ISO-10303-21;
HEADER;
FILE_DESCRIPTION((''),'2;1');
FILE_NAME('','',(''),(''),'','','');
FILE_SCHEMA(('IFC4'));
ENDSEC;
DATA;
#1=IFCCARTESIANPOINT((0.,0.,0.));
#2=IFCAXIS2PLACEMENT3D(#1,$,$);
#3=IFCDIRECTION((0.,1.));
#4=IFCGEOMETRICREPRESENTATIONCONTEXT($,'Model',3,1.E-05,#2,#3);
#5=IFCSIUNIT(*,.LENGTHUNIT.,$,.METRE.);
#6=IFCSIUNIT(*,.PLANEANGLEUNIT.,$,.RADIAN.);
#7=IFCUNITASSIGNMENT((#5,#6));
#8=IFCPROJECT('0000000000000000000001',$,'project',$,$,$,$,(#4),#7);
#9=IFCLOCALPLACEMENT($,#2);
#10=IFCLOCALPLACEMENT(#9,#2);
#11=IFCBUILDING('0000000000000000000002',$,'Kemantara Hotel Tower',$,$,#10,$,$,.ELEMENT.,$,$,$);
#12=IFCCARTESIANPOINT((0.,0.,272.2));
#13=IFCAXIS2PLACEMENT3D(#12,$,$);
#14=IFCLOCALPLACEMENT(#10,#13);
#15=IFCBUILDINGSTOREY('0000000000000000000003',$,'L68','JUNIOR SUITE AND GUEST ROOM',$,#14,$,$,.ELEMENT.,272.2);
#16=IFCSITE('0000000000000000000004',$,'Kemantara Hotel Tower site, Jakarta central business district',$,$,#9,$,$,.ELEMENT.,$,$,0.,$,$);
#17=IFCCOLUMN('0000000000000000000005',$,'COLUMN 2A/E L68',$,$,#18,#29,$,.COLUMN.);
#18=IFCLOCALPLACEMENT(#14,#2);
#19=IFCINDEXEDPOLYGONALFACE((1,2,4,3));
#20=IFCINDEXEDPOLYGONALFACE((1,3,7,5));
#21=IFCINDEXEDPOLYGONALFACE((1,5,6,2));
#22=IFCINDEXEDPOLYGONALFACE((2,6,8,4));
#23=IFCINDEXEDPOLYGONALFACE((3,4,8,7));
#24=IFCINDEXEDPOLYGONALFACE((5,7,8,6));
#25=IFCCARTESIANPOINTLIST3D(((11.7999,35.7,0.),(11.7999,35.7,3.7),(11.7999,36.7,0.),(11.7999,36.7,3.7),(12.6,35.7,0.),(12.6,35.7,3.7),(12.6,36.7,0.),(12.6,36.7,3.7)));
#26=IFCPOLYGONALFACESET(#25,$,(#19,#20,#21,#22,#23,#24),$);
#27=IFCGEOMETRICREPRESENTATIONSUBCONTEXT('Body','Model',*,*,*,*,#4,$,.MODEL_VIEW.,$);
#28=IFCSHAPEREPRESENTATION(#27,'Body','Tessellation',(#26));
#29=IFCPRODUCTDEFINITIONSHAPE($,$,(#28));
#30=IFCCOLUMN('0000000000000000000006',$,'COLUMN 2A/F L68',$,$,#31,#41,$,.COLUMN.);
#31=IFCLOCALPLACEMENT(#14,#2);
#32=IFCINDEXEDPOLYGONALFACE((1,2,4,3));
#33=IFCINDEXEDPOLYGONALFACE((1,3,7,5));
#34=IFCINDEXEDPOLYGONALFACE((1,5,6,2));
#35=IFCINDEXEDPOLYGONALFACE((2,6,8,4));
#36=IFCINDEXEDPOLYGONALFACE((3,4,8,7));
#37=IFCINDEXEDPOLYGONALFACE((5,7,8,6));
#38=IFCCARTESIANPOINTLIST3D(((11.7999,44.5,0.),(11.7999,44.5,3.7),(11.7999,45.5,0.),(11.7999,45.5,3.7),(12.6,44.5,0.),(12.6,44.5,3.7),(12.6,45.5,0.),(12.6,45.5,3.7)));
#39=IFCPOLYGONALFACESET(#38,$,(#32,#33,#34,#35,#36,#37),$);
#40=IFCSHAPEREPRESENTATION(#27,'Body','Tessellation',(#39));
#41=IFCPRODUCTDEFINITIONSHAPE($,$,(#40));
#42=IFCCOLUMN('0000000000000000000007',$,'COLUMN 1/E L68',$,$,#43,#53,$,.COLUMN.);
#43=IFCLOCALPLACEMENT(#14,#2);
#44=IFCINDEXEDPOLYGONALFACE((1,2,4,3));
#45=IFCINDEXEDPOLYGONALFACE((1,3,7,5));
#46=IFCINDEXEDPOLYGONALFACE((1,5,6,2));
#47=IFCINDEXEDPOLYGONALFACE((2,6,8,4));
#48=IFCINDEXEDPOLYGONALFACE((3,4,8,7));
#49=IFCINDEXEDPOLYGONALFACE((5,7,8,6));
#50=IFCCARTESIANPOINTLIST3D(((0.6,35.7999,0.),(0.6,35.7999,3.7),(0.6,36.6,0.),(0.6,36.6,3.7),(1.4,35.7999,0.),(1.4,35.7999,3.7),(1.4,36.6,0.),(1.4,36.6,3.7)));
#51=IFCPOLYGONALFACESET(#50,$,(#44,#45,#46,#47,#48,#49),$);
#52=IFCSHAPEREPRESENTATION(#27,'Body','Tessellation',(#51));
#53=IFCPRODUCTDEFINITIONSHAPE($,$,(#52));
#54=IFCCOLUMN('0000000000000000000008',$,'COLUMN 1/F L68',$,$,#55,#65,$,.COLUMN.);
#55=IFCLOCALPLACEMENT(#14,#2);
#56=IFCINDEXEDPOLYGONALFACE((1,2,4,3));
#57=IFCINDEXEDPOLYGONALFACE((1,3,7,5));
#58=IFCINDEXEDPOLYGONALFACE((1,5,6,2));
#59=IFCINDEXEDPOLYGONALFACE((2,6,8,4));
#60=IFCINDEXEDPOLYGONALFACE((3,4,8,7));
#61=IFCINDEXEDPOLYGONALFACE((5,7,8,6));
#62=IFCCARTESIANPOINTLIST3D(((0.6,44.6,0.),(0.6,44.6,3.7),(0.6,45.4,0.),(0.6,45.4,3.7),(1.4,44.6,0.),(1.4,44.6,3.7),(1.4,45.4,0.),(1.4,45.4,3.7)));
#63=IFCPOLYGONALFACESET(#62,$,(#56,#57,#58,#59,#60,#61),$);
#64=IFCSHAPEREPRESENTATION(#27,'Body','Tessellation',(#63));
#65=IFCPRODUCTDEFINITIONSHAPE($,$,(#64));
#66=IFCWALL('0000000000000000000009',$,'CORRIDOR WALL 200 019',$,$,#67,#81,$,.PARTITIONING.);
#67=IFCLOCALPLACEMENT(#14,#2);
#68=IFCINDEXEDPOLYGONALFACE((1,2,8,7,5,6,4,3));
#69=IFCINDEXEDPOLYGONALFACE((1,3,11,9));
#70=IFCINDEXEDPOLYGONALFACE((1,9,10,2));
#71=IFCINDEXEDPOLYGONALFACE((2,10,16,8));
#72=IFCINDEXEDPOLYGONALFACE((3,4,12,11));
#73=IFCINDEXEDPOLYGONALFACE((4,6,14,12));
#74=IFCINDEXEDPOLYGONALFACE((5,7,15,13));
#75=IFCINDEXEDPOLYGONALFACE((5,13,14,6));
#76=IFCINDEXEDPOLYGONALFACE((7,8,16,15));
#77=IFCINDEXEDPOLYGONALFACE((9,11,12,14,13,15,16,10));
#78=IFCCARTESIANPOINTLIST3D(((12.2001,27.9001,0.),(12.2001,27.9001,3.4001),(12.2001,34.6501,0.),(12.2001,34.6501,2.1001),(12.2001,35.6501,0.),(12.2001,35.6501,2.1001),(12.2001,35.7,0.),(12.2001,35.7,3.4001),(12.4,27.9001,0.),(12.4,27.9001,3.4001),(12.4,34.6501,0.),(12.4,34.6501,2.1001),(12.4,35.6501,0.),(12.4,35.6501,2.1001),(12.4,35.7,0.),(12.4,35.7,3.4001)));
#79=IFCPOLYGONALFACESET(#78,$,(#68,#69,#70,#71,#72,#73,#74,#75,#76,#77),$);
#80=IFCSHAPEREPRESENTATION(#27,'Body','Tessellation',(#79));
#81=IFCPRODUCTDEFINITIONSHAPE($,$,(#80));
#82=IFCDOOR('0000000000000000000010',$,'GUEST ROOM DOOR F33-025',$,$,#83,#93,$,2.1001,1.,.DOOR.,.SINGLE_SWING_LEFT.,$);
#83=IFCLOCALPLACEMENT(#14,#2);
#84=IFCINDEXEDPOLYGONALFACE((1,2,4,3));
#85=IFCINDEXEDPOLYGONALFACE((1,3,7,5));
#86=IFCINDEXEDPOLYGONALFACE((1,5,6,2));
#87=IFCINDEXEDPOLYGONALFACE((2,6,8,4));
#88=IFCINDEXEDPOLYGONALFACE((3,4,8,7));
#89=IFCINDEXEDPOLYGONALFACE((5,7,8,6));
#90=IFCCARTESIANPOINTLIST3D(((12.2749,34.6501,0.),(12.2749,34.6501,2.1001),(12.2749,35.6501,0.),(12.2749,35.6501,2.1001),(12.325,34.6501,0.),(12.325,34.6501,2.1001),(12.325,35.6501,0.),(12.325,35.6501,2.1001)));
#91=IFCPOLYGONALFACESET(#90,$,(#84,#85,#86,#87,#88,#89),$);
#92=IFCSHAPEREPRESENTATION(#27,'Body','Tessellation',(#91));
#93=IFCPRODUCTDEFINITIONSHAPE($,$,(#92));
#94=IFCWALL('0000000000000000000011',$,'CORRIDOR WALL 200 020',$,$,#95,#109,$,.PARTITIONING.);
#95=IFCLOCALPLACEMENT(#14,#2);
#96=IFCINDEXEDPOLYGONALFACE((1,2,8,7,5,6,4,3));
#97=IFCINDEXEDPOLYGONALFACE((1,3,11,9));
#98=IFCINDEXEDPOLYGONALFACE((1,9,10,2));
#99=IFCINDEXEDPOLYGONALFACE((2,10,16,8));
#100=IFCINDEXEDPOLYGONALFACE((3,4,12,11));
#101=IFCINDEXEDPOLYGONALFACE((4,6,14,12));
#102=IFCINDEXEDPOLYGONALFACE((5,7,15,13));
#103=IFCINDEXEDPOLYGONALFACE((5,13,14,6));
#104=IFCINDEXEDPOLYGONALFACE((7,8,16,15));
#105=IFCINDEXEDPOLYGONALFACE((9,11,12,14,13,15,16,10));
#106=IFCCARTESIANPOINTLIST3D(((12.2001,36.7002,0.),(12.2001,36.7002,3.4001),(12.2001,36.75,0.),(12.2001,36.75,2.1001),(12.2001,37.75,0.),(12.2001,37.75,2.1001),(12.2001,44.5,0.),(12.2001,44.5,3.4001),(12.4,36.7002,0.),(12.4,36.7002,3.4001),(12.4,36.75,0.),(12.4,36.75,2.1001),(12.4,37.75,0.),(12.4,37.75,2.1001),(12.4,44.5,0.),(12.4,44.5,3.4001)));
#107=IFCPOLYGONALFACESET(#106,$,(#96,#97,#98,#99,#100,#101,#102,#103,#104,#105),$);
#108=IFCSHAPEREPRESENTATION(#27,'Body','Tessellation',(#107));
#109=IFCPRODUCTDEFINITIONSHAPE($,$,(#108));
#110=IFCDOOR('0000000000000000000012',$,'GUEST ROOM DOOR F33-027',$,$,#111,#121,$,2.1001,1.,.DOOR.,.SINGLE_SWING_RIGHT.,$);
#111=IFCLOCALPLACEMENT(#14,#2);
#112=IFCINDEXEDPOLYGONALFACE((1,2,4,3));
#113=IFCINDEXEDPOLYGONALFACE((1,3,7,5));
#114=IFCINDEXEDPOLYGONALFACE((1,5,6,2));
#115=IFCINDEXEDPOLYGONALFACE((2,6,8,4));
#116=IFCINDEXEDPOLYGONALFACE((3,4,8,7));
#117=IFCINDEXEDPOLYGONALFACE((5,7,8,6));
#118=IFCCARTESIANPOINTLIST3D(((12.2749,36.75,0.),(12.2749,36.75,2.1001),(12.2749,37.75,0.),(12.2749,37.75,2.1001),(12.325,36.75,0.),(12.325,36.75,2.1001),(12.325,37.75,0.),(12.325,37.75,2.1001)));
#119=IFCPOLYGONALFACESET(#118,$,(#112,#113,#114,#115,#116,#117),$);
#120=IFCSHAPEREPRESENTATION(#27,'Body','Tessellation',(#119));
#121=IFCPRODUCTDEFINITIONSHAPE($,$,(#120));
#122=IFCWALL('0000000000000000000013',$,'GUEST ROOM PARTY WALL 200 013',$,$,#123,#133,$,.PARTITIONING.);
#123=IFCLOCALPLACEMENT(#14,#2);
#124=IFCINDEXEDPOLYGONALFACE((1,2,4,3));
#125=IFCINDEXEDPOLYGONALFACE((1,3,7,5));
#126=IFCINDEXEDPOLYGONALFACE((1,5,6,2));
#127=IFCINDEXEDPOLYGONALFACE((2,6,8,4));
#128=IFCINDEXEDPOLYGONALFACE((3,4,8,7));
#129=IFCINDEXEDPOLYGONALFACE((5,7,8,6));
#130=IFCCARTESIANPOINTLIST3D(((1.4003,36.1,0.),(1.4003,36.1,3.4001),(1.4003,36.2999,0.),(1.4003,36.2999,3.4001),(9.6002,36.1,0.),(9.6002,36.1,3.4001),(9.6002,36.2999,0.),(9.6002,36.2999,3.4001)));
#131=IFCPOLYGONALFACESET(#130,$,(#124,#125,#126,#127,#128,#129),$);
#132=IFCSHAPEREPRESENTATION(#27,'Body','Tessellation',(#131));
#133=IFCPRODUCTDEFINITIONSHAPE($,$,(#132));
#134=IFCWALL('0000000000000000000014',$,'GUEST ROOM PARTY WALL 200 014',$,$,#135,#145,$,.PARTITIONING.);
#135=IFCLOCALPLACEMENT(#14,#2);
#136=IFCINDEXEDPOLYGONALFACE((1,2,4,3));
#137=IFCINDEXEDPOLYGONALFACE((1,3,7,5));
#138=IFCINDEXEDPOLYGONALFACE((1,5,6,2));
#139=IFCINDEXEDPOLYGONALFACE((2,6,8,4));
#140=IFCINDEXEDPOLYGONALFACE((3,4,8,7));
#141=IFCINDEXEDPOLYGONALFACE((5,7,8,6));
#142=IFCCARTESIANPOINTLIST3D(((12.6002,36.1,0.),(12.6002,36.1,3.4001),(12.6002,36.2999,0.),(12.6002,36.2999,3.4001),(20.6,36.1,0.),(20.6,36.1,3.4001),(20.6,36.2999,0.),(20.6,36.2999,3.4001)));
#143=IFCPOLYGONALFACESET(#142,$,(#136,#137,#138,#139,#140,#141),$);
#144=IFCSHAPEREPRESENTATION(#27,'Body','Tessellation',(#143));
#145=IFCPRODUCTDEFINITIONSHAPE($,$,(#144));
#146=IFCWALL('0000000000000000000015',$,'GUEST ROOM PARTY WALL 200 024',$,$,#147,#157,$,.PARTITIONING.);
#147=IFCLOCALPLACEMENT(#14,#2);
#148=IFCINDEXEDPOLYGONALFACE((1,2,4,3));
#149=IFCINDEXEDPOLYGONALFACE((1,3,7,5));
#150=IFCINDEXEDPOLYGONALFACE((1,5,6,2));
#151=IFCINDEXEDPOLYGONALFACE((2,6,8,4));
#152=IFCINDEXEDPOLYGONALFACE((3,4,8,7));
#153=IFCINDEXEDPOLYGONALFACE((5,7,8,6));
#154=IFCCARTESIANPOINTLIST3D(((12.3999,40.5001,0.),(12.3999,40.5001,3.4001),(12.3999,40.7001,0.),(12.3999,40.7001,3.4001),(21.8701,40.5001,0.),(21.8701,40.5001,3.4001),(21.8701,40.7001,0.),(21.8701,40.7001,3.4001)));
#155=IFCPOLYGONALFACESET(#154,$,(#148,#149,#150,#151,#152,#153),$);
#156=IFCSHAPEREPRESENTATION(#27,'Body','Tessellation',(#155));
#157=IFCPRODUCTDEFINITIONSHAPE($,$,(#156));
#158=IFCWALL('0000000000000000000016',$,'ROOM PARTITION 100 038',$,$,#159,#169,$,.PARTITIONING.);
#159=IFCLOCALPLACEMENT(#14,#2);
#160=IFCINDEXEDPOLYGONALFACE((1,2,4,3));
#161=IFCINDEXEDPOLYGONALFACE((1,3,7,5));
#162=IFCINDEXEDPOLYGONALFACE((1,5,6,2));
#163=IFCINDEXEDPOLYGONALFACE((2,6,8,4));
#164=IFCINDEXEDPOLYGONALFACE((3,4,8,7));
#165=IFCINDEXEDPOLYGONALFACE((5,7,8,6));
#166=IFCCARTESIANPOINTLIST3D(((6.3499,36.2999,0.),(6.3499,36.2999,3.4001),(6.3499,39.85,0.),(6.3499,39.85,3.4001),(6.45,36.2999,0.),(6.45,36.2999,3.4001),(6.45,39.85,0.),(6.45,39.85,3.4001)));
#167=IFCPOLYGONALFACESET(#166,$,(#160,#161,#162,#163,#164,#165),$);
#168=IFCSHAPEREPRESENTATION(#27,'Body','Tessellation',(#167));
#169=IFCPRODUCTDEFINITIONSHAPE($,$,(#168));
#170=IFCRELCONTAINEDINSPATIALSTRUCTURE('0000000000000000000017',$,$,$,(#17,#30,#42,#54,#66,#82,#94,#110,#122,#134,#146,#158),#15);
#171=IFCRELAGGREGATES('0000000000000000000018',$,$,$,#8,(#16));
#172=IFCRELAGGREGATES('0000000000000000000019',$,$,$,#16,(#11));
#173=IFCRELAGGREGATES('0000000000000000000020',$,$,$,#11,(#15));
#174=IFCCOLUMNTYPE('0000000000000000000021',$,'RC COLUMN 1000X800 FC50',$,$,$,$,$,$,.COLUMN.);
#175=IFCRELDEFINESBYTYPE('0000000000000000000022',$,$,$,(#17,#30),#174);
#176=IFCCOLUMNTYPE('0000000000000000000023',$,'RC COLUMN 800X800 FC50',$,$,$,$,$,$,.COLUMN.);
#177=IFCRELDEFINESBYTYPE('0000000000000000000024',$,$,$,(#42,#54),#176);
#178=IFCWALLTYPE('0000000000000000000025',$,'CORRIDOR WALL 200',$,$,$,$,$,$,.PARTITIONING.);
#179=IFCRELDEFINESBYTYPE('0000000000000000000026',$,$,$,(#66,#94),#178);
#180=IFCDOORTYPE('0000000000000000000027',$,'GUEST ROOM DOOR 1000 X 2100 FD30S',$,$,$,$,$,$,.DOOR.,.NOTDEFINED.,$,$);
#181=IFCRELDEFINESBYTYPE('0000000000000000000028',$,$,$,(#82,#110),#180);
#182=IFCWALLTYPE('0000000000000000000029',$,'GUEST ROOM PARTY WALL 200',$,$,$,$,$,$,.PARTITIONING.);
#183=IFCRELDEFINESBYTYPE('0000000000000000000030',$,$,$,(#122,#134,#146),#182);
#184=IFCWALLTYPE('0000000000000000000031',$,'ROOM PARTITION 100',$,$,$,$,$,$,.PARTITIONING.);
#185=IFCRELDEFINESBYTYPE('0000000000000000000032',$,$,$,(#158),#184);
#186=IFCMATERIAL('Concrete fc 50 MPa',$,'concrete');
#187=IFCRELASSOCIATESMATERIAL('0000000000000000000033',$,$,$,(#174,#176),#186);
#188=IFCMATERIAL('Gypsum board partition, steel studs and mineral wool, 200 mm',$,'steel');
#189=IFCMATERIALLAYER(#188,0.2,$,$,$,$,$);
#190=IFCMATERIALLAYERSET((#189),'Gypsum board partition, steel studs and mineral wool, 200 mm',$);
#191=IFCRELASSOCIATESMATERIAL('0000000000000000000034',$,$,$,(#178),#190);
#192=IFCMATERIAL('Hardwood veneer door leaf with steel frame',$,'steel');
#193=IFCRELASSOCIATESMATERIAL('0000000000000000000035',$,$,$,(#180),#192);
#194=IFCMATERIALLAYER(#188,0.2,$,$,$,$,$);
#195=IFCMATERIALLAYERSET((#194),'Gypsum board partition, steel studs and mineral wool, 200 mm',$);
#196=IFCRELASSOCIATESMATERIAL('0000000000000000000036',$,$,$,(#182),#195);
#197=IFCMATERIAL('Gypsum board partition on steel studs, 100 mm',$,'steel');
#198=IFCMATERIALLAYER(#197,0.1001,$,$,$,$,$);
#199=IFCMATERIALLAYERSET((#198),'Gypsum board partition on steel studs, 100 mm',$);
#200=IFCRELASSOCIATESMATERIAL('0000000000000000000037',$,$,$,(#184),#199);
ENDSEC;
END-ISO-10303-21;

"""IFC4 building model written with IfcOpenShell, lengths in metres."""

from ifc_helpers import new_model, si_unit, direction, frame, frame_2d, origin, origin_2d, place, context, subcontext, project, spatial, rectangle, extrude, material, layer, layer_set, material_profile, profile_set, type_object, element, fill, save


model = new_model("IFC4")

# Units and contexts
model_context = context("Model", 3, precision=1e-05, world=origin(), true_north=direction((0.0, 1.0)))
body_context = subcontext(model_context, "Body", "Model", "MODEL_VIEW")
ifc_project = project(units=[si_unit("LENGTHUNIT", "METRE"), si_unit("PLANEANGLEUNIT", "RADIAN")], contexts=[model_context])

# Site, building, storey
site_placement = place(None, origin())
site = spatial("IfcSite", under=ifc_project, at=site_placement, Name="Kemantara Hotel Tower site, Jakarta central business district", CompositionType="ELEMENT", RefElevation=0.0)
building_placement = place(site_placement, origin())
building = spatial("IfcBuilding", under=site, at=building_placement, Name="Kemantara Hotel Tower", CompositionType="ELEMENT")
storey_placement = place(building_placement, frame((0.0, 0.0, 272.2)))
storey = spatial("IfcBuildingStorey", under=building, at=storey_placement, Name="L68", Description="JUNIOR SUITE AND GUEST ROOM", CompositionType="ELEMENT", Elevation=272.2)

# Columns
ifc_material_1 = material(Name="Concrete fc 50 MPa", Category="concrete")
ifc_material_profile_1 = material_profile(ifc_material_1, rectangle(XDim=1.0, YDim=0.8, at=origin_2d()), Name="RC 1000X800")
ifc_profile_set_1 = profile_set([ifc_material_profile_1], Name="Concrete fc 50 MPa")
column_type_1 = type_object("IfcColumnType", Name="RC COLUMN 1000X800 FC50", PredefinedType="COLUMN", material=ifc_profile_set_1)
for number, where, z_axis, x_axis, name in (
    (1, (12.2, 36.2, 0.0), (0.0, 0.0, 1.0), (0.0, 1.0, 0.0), "COLUMN 2A/E L68"),
    (2, (12.2, 45.0, 0.0), (0.0, 0.0, 1.0), (0.0, 1.0, 0.0), "COLUMN 2A/F L68"),
):
    element("IfcColumn", number, at=place(storey_placement, frame(where, z_axis=z_axis, x_axis=x_axis)), inside=storey, type_object=column_type_1, Name=name, PredefinedType="COLUMN", context=body_context, shape_type="SweptSolid", body=[
        extrude(rectangle(XDim=1.0, YDim=0.8, at=origin_2d()), origin(), (0.0, 0.0, 1.0), 3.7),
    ])
ifc_material_profile_2 = material_profile(ifc_material_1, rectangle(XDim=0.8, YDim=0.8, at=origin_2d()), Name="RC 800X800")
ifc_profile_set_2 = profile_set([ifc_material_profile_2], Name="Concrete fc 50 MPa")
column_type_2 = type_object("IfcColumnType", Name="RC COLUMN 800X800 FC50", PredefinedType="COLUMN", material=ifc_profile_set_2)
for number, where, z_axis, x_axis, name in (
    (3, (1.0, 36.2, 0.0), (0.0, 0.0, 1.0), (1.0, 0.0, 0.0), "COLUMN 1/E L68"),
    (4, (1.0, 45.0, 0.0), (0.0, 0.0, 1.0), (1.0, 0.0, 0.0), "COLUMN 1/F L68"),
):
    element("IfcColumn", number, at=place(storey_placement, frame(where, z_axis=z_axis, x_axis=x_axis)), inside=storey, type_object=column_type_2, Name=name, PredefinedType="COLUMN", context=body_context, shape_type="SweptSolid", body=[
        extrude(rectangle(XDim=0.8, YDim=0.8, at=origin_2d()), origin(), (0.0, 0.0, 1.0), 3.7),
    ])

# Walls, openings, doors
ifc_material_2 = material(Name="Gypsum board partition, steel studs and mineral wool, 200 mm", Category="steel")
ifc_layer_1 = layer(ifc_material_2, 0.2)
ifc_layer_set_1 = layer_set([ifc_layer_1], Name="Gypsum board partition, steel studs and mineral wool, 200 mm")
wall_type_1 = type_object("IfcWallType", Name="CORRIDOR WALL 200", PredefinedType="PARTITIONING", material=ifc_layer_set_1)
wall_1_placement = place(storey_placement, frame((12.3, 35.7, 0.0), z_axis=(0.0, 0.0, 1.0), x_axis=(0.0, -1.0, 0.0)))
wall_1 = element("IfcWall", 5, at=wall_1_placement, inside=storey, type_object=wall_type_1, Name="CORRIDOR WALL 200 019", PredefinedType="PARTITIONING", context=body_context, shape_type="SweptSolid", body=[
    extrude(rectangle(XDim=7.7998, YDim=0.2, at=frame_2d((3.8999, 0.0))), origin(), (0.0, 0.0, 1.0), 3.4001),
])
opening_1_placement = place(wall_1_placement, frame((0.0498, 0.0, 0.0)))
opening_1 = element("IfcOpeningElement", 6, at=opening_1_placement, cuts=wall_1, PredefinedType="OPENING", context=body_context, shape_type="SweptSolid", body=[
    extrude(rectangle(XDim=1.0, YDim=2.1001, at=frame_2d((0.5, 1.05))), frame((0.0, 0.1099, 0.0), z_axis=(0.0, -1.0, 0.0), x_axis=(1.0, 0.0, 0.0)), (0.0, 0.0, 1.0), 0.22),
])
ifc_material_3 = material(Name="Hardwood veneer door leaf with steel frame", Category="steel")
door_type_1 = type_object("IfcDoorType", Name="GUEST ROOM DOOR 1000 X 2100 FD30S", OperationType="NOTDEFINED", PredefinedType="DOOR", material=ifc_material_3)
door_1_placement = place(opening_1_placement, origin())
door_1 = element("IfcDoor", 7, at=door_1_placement, inside=storey, type_object=door_type_1, Name="GUEST ROOM DOOR F33-025", OperationType="SINGLE_SWING_LEFT", OverallHeight=2.1001, OverallWidth=1.0, PredefinedType="DOOR", context=body_context, shape_type="SweptSolid", body=[
    extrude(rectangle(XDim=1.0, YDim=2.1001, at=frame_2d((0.5, 1.05))), frame((0.0, 0.0249, 0.0), z_axis=(0.0, -1.0, 0.0), x_axis=(1.0, 0.0, 0.0)), (0.0, 0.0, 1.0), 0.05),
])
fill(opening_1, door_1)
wall_2_placement = place(storey_placement, frame((12.3, 44.5, 0.0), z_axis=(0.0, 0.0, 1.0), x_axis=(0.0, -1.0, 0.0)))
wall_2 = element("IfcWall", 8, at=wall_2_placement, inside=storey, type_object=wall_type_1, Name="CORRIDOR WALL 200 020", PredefinedType="PARTITIONING", context=body_context, shape_type="SweptSolid", body=[
    extrude(rectangle(XDim=7.7998, YDim=0.2, at=frame_2d((3.8999, 0.0))), origin(), (0.0, 0.0, 1.0), 3.4001),
])
opening_2_placement = place(wall_2_placement, frame((6.75, 0.0, 0.0)))
opening_2 = element("IfcOpeningElement", 9, at=opening_2_placement, cuts=wall_2, PredefinedType="OPENING", context=body_context, shape_type="SweptSolid", body=[
    extrude(rectangle(XDim=1.0, YDim=2.1001, at=frame_2d((0.5, 1.05))), frame((0.0, 0.1099, 0.0), z_axis=(0.0, -1.0, 0.0), x_axis=(1.0, 0.0, 0.0)), (0.0, 0.0, 1.0), 0.22),
])
door_2_placement = place(opening_2_placement, origin())
door_2 = element("IfcDoor", 10, at=door_2_placement, inside=storey, type_object=door_type_1, Name="GUEST ROOM DOOR F33-027", OperationType="SINGLE_SWING_RIGHT", OverallHeight=2.1001, OverallWidth=1.0, PredefinedType="DOOR", context=body_context, shape_type="SweptSolid", body=[
    extrude(rectangle(XDim=1.0, YDim=2.1001, at=frame_2d((0.5, 1.05))), frame((0.0, 0.0249, 0.0), z_axis=(0.0, -1.0, 0.0), x_axis=(1.0, 0.0, 0.0)), (0.0, 0.0, 1.0), 0.05),
])
fill(opening_2, door_2)

# Walls
ifc_layer_2 = layer(ifc_material_2, 0.2)
ifc_layer_set_2 = layer_set([ifc_layer_2], Name="Gypsum board partition, steel studs and mineral wool, 200 mm")
wall_type_2 = type_object("IfcWallType", Name="GUEST ROOM PARTY WALL 200", PredefinedType="PARTITIONING", material=ifc_layer_set_2)
wall_3_placement = place(storey_placement, frame((1.4001, 36.2, 0.0), z_axis=(0.0, 0.0, 1.0), x_axis=(1.0, 0.0, 0.0)))
element("IfcWall", 11, at=wall_3_placement, inside=storey, type_object=wall_type_2, Name="GUEST ROOM PARTY WALL 200 013", PredefinedType="PARTITIONING", context=body_context, shape_type="SweptSolid", body=[
    extrude(rectangle(XDim=8.2, YDim=0.2, at=frame_2d((4.1001, 0.0))), origin(), (0.0, 0.0, 1.0), 3.4001),
])
wall_4_placement = place(storey_placement, frame((12.6001, 36.2, 0.0), z_axis=(0.0, 0.0, 1.0), x_axis=(1.0, 0.0, 0.0)))
element("IfcWall", 12, at=wall_4_placement, inside=storey, type_object=wall_type_2, Name="GUEST ROOM PARTY WALL 200 014", PredefinedType="PARTITIONING", context=body_context, shape_type="SweptSolid", body=[
    extrude(rectangle(XDim=7.9998, YDim=0.2, at=frame_2d((4.0, 0.0))), origin(), (0.0, 0.0, 1.0), 3.4001),
])
wall_5_placement = place(storey_placement, frame((12.3999, 40.6001, 0.0), z_axis=(0.0, 0.0, 1.0), x_axis=(1.0, 0.0, 0.0)))
element("IfcWall", 13, at=wall_5_placement, inside=storey, type_object=wall_type_2, Name="GUEST ROOM PARTY WALL 200 024", PredefinedType="PARTITIONING", context=body_context, shape_type="SweptSolid", body=[
    extrude(rectangle(XDim=9.4702, YDim=0.2, at=frame_2d((4.7351, 0.0))), origin(), (0.0, 0.0, 1.0), 3.4001),
])
ifc_material_4 = material(Name="Gypsum board partition on steel studs, 100 mm", Category="steel")
ifc_layer_3 = layer(ifc_material_4, 0.1001)
ifc_layer_set_3 = layer_set([ifc_layer_3], Name="Gypsum board partition on steel studs, 100 mm")
wall_type_3 = type_object("IfcWallType", Name="ROOM PARTITION 100", PredefinedType="PARTITIONING", material=ifc_layer_set_3)
wall_6_placement = place(storey_placement, frame((6.3999, 36.3, 0.0), z_axis=(0.0, 0.0, 1.0), x_axis=(0.0, 1.0, 0.0)))
element("IfcWall", 14, at=wall_6_placement, inside=storey, type_object=wall_type_3, Name="ROOM PARTITION 100 038", PredefinedType="PARTITIONING", context=body_context, shape_type="SweptSolid", body=[
    extrude(rectangle(XDim=3.55, YDim=0.1001, at=frame_2d((1.7749, 0.0))), origin(), (0.0, 0.0, 1.0), 3.4001),
])

save(model, "model.ifc")
